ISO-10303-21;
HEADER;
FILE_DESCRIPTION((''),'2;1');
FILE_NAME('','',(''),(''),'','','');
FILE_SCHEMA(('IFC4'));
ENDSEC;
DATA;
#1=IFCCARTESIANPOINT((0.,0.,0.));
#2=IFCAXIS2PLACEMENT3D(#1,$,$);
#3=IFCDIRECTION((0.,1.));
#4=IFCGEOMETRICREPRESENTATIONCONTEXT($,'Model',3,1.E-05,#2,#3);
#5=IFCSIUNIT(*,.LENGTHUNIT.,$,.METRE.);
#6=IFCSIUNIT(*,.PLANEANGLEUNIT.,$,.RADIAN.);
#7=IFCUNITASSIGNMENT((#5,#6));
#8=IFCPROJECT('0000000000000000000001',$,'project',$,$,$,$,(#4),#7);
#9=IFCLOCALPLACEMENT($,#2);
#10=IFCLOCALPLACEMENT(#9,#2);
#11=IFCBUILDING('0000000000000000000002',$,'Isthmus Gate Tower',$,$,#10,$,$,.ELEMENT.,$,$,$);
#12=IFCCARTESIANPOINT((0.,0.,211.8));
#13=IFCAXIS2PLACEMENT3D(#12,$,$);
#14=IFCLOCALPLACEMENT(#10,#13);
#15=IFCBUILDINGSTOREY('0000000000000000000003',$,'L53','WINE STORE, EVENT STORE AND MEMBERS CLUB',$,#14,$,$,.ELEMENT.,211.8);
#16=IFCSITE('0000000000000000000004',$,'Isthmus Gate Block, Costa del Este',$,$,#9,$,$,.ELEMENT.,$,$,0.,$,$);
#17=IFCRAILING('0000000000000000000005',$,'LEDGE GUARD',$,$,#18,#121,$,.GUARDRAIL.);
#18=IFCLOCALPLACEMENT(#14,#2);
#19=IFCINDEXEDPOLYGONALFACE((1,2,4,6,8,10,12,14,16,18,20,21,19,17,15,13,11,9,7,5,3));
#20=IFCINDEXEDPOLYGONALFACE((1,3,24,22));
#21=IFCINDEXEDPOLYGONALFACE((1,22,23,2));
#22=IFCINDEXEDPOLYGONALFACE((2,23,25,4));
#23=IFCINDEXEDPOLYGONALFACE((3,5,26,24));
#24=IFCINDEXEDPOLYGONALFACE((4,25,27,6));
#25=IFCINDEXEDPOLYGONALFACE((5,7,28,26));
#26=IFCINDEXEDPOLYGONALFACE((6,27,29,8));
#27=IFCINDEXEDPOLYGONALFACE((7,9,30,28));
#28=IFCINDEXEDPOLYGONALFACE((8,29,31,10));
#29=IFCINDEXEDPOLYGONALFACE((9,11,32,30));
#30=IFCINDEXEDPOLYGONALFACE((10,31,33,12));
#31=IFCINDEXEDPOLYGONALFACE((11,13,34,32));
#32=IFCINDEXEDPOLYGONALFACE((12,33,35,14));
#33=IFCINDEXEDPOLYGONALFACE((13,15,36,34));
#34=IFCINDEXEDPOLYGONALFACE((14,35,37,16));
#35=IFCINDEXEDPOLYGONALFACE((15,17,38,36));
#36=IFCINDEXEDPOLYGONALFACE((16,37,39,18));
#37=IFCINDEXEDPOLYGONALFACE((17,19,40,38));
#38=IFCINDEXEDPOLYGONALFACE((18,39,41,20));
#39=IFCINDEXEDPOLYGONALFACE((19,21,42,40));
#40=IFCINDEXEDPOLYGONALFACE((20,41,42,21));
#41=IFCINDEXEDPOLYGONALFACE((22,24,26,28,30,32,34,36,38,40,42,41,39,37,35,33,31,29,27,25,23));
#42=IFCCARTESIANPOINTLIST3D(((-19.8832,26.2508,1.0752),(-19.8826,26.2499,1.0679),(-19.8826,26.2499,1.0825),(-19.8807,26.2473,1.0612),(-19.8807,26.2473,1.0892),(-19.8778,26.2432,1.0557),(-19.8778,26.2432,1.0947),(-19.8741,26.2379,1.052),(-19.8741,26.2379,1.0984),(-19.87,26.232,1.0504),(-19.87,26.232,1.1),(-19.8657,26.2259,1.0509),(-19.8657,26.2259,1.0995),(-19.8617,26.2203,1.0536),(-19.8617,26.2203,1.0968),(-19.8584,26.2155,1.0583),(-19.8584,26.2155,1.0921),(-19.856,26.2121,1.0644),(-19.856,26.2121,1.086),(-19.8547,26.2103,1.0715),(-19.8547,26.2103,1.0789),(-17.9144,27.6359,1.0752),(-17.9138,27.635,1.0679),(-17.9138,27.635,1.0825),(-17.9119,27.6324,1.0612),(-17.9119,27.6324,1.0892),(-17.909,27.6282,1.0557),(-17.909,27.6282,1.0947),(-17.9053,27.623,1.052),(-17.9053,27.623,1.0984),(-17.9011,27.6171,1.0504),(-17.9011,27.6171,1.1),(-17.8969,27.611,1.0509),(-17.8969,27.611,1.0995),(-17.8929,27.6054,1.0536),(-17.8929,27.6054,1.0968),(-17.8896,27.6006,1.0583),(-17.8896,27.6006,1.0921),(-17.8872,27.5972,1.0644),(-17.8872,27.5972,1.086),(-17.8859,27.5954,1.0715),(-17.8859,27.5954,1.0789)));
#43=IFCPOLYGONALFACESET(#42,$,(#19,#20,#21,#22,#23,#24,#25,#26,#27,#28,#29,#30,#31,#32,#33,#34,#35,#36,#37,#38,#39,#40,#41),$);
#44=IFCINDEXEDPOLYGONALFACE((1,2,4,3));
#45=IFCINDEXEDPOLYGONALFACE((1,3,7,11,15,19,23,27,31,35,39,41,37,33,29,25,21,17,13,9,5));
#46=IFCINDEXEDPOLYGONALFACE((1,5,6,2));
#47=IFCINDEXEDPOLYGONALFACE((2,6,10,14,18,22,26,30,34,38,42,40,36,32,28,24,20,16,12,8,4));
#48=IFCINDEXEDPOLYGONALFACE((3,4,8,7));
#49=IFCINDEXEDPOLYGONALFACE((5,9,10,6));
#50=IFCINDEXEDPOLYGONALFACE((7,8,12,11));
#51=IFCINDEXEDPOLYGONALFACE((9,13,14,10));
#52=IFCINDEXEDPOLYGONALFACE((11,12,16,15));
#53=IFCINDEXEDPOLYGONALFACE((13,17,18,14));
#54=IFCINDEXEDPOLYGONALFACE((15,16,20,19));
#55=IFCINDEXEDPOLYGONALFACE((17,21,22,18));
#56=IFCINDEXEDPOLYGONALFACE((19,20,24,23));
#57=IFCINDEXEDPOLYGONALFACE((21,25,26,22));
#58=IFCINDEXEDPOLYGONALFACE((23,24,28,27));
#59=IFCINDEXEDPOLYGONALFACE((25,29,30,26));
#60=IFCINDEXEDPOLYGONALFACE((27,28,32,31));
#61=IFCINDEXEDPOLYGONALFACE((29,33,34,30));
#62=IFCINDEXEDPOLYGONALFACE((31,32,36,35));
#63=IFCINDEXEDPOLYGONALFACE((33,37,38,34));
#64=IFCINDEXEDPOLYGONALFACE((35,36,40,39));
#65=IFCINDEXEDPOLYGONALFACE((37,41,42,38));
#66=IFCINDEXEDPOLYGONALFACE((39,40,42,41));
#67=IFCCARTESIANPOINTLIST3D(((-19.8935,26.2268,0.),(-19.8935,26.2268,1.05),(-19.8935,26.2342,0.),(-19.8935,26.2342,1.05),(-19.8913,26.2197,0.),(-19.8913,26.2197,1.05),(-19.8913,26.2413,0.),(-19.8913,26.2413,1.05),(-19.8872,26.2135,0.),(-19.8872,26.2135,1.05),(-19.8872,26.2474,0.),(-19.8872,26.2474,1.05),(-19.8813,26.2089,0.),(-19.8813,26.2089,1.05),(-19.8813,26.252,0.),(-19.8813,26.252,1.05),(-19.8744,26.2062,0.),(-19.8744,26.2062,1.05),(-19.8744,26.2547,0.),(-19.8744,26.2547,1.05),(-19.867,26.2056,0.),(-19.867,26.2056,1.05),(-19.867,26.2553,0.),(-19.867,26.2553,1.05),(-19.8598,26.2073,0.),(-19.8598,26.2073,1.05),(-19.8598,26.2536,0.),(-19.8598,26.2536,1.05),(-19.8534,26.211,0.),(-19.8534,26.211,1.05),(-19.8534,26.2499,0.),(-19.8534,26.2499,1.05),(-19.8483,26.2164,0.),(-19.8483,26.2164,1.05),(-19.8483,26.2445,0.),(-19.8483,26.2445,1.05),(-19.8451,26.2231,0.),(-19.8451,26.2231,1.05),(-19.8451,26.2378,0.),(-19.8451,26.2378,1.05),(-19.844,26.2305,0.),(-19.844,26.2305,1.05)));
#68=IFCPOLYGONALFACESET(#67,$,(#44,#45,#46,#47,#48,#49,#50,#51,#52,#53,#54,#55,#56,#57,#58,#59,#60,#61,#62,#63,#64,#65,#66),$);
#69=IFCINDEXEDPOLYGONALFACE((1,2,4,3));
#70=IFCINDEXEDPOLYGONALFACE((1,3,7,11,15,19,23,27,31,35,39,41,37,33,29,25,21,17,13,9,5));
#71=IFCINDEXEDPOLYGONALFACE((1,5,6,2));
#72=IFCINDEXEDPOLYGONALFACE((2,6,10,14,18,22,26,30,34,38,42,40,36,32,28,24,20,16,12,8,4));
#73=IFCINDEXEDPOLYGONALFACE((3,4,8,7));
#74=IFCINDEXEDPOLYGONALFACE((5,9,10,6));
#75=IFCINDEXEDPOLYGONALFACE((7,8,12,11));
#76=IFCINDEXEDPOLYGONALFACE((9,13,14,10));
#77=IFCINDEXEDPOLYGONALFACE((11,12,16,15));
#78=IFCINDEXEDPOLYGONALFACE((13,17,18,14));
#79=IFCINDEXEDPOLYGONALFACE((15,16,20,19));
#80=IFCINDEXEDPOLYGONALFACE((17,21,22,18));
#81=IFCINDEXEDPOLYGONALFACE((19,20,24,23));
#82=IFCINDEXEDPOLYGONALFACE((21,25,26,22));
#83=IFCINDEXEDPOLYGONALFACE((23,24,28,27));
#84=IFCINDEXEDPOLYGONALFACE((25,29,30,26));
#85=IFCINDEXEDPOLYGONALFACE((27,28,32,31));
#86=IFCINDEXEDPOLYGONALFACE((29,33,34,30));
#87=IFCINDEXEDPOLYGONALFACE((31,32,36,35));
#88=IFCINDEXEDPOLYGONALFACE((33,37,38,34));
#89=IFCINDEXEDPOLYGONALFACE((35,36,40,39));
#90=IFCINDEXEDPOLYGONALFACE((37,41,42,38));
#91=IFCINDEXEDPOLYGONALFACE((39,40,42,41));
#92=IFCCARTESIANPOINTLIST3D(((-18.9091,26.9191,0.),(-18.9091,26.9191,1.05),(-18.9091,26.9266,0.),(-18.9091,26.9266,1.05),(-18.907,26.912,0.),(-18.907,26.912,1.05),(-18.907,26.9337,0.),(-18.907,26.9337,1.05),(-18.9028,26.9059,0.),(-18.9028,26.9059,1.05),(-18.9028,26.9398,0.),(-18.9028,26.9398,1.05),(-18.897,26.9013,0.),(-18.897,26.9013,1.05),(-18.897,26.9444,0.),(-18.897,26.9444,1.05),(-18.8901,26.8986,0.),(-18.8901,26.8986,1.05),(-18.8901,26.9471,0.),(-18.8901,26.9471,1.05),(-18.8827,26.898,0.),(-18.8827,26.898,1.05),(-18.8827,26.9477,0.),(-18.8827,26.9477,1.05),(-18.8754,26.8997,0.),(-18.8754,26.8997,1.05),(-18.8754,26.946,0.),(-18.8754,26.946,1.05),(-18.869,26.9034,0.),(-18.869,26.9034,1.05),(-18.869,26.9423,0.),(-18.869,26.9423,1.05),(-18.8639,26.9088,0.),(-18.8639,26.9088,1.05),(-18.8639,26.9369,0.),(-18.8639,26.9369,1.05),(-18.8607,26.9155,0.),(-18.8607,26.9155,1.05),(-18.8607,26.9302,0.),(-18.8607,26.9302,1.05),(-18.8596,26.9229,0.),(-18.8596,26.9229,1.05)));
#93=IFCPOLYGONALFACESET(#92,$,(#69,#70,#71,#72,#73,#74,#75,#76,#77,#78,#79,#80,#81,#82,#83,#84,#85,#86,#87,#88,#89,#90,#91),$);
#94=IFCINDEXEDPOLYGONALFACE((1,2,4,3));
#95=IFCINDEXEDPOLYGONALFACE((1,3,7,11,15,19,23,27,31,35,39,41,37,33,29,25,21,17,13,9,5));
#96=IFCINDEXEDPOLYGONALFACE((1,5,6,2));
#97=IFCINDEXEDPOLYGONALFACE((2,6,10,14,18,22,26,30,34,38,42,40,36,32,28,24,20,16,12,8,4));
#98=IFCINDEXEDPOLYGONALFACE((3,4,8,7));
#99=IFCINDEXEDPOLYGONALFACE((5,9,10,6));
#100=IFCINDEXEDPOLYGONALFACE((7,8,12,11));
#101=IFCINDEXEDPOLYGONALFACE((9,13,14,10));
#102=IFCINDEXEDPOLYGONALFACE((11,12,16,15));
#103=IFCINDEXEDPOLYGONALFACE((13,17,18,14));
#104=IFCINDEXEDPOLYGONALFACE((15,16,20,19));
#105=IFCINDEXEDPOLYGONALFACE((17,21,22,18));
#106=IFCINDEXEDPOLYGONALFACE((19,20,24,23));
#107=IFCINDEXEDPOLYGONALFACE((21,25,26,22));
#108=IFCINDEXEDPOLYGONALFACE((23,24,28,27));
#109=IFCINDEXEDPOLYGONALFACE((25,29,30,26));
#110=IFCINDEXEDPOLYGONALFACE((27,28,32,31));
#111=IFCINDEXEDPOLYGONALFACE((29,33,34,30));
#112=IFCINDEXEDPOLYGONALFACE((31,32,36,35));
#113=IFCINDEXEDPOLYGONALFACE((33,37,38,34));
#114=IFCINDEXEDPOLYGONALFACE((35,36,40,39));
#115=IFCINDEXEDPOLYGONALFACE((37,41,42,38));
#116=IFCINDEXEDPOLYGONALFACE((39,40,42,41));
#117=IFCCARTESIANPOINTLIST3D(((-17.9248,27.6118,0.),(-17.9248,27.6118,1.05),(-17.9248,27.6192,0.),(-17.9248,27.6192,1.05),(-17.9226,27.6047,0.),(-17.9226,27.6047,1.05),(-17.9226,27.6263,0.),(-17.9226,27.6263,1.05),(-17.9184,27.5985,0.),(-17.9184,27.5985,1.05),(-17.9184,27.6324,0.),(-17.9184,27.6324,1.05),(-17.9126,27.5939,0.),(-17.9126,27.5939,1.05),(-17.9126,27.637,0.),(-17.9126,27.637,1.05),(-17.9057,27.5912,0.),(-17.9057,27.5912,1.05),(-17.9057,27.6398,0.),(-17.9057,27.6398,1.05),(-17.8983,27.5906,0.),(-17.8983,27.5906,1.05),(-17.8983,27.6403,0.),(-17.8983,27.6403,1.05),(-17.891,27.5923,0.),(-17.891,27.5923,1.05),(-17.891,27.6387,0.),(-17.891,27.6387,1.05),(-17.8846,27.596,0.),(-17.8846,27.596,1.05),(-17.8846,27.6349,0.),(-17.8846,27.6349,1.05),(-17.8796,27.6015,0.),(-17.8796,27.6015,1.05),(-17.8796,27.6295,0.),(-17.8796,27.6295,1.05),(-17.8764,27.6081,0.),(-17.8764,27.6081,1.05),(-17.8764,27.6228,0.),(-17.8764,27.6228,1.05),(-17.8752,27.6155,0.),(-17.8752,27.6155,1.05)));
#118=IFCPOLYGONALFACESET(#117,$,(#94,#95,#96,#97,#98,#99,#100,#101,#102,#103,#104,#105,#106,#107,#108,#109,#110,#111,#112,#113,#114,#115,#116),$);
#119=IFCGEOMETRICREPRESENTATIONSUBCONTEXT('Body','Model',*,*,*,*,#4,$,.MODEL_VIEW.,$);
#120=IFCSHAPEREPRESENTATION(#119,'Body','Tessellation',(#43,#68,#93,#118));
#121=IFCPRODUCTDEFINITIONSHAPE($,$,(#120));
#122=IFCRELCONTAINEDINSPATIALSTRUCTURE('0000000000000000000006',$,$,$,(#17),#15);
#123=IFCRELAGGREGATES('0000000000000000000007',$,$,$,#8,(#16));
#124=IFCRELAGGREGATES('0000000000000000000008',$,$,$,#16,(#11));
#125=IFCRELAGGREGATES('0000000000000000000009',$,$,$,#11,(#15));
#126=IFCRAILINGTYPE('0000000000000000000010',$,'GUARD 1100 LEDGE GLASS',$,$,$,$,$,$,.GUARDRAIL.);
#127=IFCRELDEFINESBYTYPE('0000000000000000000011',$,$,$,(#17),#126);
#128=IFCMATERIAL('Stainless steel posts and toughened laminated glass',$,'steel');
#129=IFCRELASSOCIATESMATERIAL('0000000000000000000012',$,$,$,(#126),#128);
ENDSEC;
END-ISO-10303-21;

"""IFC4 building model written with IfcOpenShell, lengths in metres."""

from ifc_helpers import new_model, si_unit, direction, frame, origin, origin_2d, place, context, subcontext, project, spatial, circle, extrude, material, type_object, element, save


model = new_model("IFC4")

# Units and contexts
model_context = context("Model", 3, precision=1e-05, world=origin(), true_north=direction((0.0, 1.0)))
body_context = subcontext(model_context, "Body", "Model", "MODEL_VIEW")
ifc_project = project(units=[si_unit("LENGTHUNIT", "METRE"), si_unit("PLANEANGLEUNIT", "RADIAN")], contexts=[model_context])

# Site, building, storey
site_placement = place(None, origin())
site = spatial("IfcSite", under=ifc_project, at=site_placement, Name="Isthmus Gate Block, Costa del Este", CompositionType="ELEMENT", RefElevation=0.0)
building_placement = place(site_placement, origin())
building = spatial("IfcBuilding", under=site, at=building_placement, Name="Isthmus Gate Tower", CompositionType="ELEMENT")
storey_placement = place(building_placement, frame((0.0, 0.0, 211.8)))
storey = spatial("IfcBuildingStorey", under=building, at=storey_placement, Name="L53", Description="WINE STORE, EVENT STORE AND MEMBERS CLUB", CompositionType="ELEMENT", Elevation=211.8)

# Railing
ifc_material_1 = material(Name="Stainless steel posts and toughened laminated glass", Category="steel")
railing_type = type_object("IfcRailingType", Name="GUARD 1100 LEDGE GLASS", PredefinedType="GUARDRAIL", material=ifc_material_1)
railing_1_placement = place(storey_placement, frame((-19.8689, 26.2305, 0.0)))
element("IfcRailing", 1, at=railing_1_placement, inside=storey, type_object=railing_type, Name="LEDGE GUARD", PredefinedType="GUARDRAIL", context=body_context, shape_type="SweptSolid", body=[
    extrude(circle(Radius=0.0249, at=origin_2d()), frame((0.0, 0.0, 1.0752), z_axis=(0.817886, 0.57538, 0.0), x_axis=(-0.57538, 0.817886, 0.0)), (0.0, 0.0, 1.0), 2.4072),
    extrude(circle(Radius=0.0249, at=origin_2d()), origin(), (0.0, 0.0, 1.0), 1.05),
    extrude(circle(Radius=0.0249, at=origin_2d()), frame((0.9844, 0.6924, 0.0)), (0.0, 0.0, 1.0), 1.05),
    extrude(circle(Radius=0.0249, at=origin_2d()), frame((1.9688, 1.385, 0.0)), (0.0, 0.0, 1.0), 1.05),
])

save(model, "model.ifc")
